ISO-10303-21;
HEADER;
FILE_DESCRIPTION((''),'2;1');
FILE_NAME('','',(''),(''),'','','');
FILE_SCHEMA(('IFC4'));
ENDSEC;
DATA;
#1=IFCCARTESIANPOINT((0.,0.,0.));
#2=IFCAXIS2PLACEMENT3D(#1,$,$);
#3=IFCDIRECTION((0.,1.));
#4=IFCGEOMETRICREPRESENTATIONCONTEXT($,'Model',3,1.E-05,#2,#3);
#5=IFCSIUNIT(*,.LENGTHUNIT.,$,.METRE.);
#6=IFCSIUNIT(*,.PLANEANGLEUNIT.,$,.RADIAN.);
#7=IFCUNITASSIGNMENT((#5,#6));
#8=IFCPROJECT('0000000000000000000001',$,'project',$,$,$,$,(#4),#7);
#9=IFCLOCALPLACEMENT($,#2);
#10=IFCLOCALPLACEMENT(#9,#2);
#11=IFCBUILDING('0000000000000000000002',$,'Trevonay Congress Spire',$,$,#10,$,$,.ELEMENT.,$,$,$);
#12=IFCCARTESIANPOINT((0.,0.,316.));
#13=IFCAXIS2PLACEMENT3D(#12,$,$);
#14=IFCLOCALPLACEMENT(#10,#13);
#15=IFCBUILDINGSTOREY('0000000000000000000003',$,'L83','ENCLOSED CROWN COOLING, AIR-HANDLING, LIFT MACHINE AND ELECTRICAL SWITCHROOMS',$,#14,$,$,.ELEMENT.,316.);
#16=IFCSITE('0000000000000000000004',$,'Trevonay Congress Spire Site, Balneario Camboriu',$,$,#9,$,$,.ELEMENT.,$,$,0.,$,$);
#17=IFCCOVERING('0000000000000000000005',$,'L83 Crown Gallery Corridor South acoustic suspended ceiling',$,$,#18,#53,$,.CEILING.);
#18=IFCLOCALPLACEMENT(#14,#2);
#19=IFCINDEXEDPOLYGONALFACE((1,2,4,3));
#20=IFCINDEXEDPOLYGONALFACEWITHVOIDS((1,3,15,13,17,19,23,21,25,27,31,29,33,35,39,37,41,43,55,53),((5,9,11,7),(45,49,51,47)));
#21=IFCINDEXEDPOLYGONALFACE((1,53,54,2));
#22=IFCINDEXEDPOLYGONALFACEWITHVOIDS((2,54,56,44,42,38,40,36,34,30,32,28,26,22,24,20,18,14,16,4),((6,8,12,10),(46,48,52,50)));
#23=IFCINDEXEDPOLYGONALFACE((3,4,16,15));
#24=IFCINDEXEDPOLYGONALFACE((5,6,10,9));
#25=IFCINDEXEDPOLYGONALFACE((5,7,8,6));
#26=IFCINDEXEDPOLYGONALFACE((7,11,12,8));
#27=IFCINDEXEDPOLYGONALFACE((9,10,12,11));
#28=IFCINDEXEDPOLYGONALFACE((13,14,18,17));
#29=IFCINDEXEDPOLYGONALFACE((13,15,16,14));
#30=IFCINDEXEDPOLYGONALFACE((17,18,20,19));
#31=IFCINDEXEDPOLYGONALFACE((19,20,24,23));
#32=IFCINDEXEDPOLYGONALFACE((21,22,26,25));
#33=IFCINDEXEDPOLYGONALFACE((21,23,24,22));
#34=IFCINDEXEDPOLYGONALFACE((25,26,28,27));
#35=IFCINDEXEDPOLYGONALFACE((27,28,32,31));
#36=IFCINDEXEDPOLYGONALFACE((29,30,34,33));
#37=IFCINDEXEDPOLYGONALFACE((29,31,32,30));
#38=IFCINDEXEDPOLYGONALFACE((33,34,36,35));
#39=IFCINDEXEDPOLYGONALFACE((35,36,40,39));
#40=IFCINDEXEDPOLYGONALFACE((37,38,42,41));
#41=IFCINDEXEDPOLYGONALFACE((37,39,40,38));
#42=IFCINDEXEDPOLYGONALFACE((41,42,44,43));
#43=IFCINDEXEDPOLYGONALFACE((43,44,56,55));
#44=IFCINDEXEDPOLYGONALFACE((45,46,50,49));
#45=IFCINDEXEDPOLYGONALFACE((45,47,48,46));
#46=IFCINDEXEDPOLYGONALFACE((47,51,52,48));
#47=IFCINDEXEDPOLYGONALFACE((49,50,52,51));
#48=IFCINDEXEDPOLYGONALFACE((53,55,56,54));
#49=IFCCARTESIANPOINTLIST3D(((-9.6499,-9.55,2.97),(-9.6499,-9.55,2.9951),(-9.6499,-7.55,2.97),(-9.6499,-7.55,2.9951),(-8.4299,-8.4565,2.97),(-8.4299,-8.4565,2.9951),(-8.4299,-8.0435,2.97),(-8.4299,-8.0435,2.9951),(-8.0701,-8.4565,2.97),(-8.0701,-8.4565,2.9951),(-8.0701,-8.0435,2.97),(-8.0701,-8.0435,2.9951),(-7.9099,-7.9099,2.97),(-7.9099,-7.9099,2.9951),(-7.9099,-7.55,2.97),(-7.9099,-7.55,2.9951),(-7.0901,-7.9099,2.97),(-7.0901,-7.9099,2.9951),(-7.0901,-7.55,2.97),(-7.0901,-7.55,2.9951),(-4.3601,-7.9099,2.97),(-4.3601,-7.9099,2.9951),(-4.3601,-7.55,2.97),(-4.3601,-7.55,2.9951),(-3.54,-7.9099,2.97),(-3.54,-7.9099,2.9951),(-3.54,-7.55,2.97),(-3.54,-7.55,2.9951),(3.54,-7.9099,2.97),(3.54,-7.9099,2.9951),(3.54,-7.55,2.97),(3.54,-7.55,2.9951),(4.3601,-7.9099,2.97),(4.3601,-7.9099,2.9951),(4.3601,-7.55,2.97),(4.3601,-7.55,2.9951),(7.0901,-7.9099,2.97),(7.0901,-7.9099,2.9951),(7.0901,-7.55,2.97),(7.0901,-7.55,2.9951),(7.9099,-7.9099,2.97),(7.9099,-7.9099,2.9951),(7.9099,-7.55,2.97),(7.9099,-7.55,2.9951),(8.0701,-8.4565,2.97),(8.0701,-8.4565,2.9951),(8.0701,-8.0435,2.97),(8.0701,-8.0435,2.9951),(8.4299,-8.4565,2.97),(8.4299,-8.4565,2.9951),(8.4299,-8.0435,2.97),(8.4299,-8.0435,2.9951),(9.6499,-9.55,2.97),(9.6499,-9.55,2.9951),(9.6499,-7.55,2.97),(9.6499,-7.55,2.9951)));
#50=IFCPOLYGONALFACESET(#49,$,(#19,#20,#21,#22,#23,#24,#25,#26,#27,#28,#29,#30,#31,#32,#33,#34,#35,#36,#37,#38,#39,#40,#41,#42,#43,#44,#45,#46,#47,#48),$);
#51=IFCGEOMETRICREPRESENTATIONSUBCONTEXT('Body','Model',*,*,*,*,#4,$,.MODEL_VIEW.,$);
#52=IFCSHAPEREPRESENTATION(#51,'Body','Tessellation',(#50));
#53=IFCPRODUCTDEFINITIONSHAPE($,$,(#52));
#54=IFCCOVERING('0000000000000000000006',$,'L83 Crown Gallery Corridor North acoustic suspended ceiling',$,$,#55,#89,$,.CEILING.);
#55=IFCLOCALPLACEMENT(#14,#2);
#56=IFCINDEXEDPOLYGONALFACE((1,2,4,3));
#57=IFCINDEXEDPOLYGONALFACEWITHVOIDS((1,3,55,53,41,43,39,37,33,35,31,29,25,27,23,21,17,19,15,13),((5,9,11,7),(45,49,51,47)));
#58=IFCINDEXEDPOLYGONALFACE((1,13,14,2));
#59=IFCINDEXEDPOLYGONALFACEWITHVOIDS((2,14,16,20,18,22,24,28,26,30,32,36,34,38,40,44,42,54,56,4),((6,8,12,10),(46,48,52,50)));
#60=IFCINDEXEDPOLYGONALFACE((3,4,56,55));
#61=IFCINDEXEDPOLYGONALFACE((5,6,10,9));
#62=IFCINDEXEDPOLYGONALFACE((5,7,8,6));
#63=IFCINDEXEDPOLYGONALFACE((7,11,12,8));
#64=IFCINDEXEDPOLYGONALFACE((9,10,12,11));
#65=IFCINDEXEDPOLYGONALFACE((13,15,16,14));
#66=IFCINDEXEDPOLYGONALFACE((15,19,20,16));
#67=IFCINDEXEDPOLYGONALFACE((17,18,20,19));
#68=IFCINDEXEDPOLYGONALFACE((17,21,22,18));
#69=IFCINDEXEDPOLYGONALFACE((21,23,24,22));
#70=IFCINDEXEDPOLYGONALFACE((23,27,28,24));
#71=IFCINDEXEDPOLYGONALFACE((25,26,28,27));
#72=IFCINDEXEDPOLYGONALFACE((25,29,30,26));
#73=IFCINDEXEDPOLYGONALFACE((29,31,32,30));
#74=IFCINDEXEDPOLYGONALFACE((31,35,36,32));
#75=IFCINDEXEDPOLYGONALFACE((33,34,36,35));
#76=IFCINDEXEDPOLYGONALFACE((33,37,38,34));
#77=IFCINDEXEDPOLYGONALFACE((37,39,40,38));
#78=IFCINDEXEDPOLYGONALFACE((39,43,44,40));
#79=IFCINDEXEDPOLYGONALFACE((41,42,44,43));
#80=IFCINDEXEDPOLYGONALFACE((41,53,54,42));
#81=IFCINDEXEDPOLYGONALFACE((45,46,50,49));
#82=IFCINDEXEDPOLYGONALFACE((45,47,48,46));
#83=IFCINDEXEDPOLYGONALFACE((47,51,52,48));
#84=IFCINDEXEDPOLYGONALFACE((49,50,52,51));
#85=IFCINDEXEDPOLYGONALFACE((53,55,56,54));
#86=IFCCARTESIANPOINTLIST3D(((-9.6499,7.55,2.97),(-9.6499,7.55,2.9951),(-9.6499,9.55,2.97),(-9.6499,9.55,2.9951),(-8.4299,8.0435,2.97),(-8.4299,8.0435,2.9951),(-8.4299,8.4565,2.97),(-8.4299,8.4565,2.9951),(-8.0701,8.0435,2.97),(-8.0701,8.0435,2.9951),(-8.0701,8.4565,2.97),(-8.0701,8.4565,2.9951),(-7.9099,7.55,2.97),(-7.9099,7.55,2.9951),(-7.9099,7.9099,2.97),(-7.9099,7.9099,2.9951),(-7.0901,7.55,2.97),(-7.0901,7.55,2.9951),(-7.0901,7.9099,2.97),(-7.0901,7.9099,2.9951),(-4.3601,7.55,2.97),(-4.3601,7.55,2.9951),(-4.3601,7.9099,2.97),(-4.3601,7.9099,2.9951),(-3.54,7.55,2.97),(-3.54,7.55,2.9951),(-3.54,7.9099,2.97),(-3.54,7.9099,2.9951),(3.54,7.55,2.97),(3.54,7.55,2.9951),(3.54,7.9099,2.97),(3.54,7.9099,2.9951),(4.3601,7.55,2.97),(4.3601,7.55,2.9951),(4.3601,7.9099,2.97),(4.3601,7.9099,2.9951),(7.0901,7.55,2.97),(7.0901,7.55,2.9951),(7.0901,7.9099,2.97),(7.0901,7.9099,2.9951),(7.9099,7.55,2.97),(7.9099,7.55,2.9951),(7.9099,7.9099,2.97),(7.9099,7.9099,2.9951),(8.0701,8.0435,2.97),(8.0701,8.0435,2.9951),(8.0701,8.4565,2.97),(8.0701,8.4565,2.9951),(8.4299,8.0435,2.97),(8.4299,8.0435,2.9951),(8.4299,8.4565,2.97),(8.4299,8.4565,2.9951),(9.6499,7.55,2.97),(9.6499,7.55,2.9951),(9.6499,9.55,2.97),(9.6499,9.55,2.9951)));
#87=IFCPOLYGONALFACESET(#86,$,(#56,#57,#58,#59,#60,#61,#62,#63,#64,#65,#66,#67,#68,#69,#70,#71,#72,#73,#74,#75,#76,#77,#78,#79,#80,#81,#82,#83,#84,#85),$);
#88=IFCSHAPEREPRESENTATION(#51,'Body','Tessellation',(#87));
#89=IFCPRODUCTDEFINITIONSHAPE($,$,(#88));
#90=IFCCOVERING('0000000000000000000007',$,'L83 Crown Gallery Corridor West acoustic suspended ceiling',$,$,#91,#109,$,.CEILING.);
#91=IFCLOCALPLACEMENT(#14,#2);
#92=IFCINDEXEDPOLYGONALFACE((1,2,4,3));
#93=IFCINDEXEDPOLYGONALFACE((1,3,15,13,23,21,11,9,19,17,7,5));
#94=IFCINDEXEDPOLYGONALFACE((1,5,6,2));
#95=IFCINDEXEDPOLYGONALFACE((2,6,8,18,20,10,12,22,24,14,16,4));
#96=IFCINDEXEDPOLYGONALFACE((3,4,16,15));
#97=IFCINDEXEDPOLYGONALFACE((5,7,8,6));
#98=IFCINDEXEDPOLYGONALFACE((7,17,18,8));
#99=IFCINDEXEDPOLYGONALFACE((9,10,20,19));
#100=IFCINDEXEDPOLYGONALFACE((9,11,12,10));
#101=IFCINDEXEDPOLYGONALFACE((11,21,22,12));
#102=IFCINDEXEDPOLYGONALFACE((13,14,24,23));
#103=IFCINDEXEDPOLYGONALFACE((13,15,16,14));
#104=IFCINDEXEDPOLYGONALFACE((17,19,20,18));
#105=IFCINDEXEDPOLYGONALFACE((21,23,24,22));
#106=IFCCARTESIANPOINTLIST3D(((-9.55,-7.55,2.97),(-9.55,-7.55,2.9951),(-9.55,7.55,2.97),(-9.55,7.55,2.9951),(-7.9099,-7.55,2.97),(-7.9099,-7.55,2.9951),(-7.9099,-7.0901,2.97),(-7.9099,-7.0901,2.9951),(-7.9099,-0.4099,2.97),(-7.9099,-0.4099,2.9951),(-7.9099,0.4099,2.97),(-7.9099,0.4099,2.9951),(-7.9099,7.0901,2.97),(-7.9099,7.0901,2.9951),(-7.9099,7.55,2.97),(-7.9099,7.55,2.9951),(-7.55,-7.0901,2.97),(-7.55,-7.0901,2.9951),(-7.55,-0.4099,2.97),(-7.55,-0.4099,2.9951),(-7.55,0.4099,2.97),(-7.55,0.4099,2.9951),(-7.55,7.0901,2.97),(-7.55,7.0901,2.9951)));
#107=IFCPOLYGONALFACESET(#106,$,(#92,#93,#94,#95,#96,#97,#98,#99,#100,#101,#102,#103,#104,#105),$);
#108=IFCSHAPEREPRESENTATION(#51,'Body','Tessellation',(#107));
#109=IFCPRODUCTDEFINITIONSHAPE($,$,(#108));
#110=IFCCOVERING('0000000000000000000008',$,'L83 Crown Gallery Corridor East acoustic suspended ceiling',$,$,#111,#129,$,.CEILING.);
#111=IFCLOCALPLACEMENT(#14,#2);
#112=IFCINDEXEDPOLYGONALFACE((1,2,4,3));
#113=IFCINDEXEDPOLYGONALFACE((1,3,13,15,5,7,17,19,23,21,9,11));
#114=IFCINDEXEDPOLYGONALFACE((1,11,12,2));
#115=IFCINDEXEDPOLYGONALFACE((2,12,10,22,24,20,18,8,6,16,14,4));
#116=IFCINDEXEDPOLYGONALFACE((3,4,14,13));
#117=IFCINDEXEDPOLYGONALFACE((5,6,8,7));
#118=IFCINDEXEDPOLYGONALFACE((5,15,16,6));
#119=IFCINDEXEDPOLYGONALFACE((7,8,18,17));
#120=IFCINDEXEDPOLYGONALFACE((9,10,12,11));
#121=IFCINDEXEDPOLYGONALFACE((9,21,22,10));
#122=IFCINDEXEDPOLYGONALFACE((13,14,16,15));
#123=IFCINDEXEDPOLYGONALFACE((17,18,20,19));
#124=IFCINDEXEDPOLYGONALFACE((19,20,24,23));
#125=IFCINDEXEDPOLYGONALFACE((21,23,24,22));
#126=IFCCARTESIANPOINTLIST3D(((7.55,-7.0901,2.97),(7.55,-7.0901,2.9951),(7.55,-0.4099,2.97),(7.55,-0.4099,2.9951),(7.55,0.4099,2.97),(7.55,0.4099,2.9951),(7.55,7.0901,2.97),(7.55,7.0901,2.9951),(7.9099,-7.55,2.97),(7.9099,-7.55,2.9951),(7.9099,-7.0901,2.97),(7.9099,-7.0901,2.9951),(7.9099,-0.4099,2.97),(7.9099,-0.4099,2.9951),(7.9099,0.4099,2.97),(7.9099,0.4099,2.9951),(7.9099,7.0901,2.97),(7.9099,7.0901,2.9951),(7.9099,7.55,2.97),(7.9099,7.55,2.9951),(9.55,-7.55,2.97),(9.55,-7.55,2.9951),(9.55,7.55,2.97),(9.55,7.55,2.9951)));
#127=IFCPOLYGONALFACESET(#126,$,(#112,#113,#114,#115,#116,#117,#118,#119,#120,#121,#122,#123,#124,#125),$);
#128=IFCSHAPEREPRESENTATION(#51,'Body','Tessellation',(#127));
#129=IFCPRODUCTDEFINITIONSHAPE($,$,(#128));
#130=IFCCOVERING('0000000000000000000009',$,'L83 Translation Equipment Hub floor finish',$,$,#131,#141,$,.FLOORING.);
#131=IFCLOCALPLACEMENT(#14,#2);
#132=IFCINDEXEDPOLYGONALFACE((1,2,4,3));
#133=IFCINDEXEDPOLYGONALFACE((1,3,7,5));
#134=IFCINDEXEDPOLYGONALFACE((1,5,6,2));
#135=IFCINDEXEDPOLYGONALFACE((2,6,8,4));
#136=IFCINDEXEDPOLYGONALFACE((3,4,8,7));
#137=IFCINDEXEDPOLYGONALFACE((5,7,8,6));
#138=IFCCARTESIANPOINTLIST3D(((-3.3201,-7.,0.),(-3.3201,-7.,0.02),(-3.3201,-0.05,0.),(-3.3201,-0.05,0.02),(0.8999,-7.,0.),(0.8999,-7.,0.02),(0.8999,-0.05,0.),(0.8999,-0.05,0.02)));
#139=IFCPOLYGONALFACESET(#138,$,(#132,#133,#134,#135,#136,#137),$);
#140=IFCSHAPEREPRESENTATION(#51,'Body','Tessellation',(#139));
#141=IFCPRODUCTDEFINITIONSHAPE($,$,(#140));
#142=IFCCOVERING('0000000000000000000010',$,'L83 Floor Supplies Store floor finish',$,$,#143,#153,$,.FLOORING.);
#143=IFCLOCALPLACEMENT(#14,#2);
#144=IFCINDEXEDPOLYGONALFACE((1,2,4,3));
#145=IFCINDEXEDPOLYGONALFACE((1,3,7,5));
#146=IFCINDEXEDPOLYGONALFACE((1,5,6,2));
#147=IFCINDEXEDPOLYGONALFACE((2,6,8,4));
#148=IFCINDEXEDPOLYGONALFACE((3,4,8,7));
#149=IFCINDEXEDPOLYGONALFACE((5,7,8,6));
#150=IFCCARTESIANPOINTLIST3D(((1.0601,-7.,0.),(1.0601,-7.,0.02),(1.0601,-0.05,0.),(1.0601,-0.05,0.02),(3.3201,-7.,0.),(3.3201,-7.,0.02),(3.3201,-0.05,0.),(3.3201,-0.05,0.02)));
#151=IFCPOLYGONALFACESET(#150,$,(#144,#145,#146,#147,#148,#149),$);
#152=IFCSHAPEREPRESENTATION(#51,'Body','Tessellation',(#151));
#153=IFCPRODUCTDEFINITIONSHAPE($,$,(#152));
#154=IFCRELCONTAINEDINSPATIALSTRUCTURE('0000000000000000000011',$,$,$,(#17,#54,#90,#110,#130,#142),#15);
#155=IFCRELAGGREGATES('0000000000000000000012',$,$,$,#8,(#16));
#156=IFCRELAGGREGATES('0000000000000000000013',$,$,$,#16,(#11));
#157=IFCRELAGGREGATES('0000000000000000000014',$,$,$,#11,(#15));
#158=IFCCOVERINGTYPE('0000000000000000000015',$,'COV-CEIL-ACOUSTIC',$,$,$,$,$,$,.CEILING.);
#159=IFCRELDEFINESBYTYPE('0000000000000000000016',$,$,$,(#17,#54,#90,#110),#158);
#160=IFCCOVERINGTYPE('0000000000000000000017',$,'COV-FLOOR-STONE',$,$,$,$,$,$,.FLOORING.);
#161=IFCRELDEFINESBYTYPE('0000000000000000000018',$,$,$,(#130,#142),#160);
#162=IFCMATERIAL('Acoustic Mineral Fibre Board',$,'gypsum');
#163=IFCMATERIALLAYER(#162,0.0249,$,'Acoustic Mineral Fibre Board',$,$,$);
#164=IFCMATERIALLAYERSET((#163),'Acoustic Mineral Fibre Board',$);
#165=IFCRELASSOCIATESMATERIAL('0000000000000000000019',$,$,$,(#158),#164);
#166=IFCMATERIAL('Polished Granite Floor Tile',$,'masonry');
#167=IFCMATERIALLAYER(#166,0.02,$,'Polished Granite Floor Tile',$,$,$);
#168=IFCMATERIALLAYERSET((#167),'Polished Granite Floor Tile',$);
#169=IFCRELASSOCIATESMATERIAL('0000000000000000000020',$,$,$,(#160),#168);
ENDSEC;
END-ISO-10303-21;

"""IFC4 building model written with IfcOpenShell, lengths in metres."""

from ifc_helpers import new_model, si_unit, direction, frame, origin, place, context, subcontext, project, spatial, polyline, outline, extrude, material, layer, layer_set, type_object, element, save


model = new_model("IFC4")

# Units and contexts
model_context = context("Model", 3, precision=1e-05, world=origin(), true_north=direction((0.0, 1.0)))
body_context = subcontext(model_context, "Body", "Model", "MODEL_VIEW")
ifc_project = project(units=[si_unit("LENGTHUNIT", "METRE"), si_unit("PLANEANGLEUNIT", "RADIAN")], contexts=[model_context])

# Site, building, storey
site_placement = place(None, origin())
site = spatial("IfcSite", under=ifc_project, at=site_placement, Name="Trevonay Congress Spire Site, Balneario Camboriu", CompositionType="ELEMENT", RefElevation=0.0)
building_placement = place(site_placement, origin())
building = spatial("IfcBuilding", under=site, at=building_placement, Name="Trevonay Congress Spire", CompositionType="ELEMENT")
storey_placement = place(building_placement, frame((0.0, 0.0, 316.0)))
storey = spatial("IfcBuildingStorey", under=building, at=storey_placement, Name="L83", Description="ENCLOSED CROWN COOLING, AIR-HANDLING, LIFT MACHINE AND ELECTRICAL SWITCHROOMS", CompositionType="ELEMENT", Elevation=316.0)

# Coverings
ifc_material_1 = material(Name="Acoustic Mineral Fibre Board", Category="gypsum")
ifc_layer_1 = layer(ifc_material_1, 0.0249, Name="Acoustic Mineral Fibre Board")
ifc_layer_set_1 = layer_set([ifc_layer_1], Name="Acoustic Mineral Fibre Board")
covering_type_1 = type_object("IfcCoveringType", Name="COV-CEIL-ACOUSTIC", PredefinedType="CEILING", material=ifc_layer_set_1)
covering_1_placement = place(storey_placement, frame((0.0, 0.0, 2.97)))
element("IfcCovering", 1, at=covering_1_placement, inside=storey, type_object=covering_type_1, Name="L83 Crown Gallery Corridor South acoustic suspended ceiling", PredefinedType="CEILING", context=body_context, shape_type="SweptSolid", body=[
    extrude(outline(polyline([(9.6499, -7.55), (9.6499, -9.55), (-9.6499, -9.55), (-9.6499, -7.55), (-7.9099, -7.55), (-7.9099, -7.9099), (-7.0901, -7.9099), (-7.0901, -7.55), (-4.3601, -7.55), (-4.3601, -7.9099), (-3.54, -7.9099), (-3.54, -7.55), (3.54, -7.55), (3.54, -7.9099), (4.3601, -7.9099), (4.3601, -7.55), (7.0901, -7.55), (7.0901, -7.9099), (7.9099, -7.9099), (7.9099, -7.55), (9.6499, -7.55)]), holes=[polyline([(-8.4299, -8.0435), (-8.4299, -8.4565), (-8.0701, -8.4565), (-8.0701, -8.0435), (-8.4299, -8.0435)]), polyline([(8.4299, -8.0435), (8.0701, -8.0435), (8.0701, -8.4565), (8.4299, -8.4565), (8.4299, -8.0435)])]), origin(), (0.0, 0.0, 1.0), 0.0251),
])
covering_2_placement = place(storey_placement, frame((0.0, 0.0, 2.97)))
element("IfcCovering", 2, at=covering_2_placement, inside=storey, type_object=covering_type_1, Name="L83 Crown Gallery Corridor North acoustic suspended ceiling", PredefinedType="CEILING", context=body_context, shape_type="SweptSolid", body=[
    extrude(outline(polyline([(-9.6499, 7.55), (-9.6499, 9.55), (9.6499, 9.55), (9.6499, 7.55), (7.9099, 7.55), (7.9099, 7.9099), (7.0901, 7.9099), (7.0901, 7.55), (4.3601, 7.55), (4.3601, 7.9099), (3.54, 7.9099), (3.54, 7.55), (-3.54, 7.55), (-3.54, 7.9099), (-4.3601, 7.9099), (-4.3601, 7.55), (-7.0901, 7.55), (-7.0901, 7.9099), (-7.9099, 7.9099), (-7.9099, 7.55), (-9.6499, 7.55)]), holes=[polyline([(-8.0701, 8.4565), (-8.4299, 8.4565), (-8.4299, 8.0435), (-8.0701, 8.0435), (-8.0701, 8.4565)]), polyline([(8.4299, 8.4565), (8.0701, 8.4565), (8.0701, 8.0435), (8.4299, 8.0435), (8.4299, 8.4565)])]), origin(), (0.0, 0.0, 1.0), 0.0251),
])
covering_3_placement = place(storey_placement, frame((0.0, 0.0, 2.97)))
element("IfcCovering", 3, at=covering_3_placement, inside=storey, type_object=covering_type_1, Name="L83 Crown Gallery Corridor West acoustic suspended ceiling", PredefinedType="CEILING", context=body_context, shape_type="SweptSolid", body=[
    extrude(outline(polyline([(-9.55, 7.55), (-7.9099, 7.55), (-7.9099, 7.0901), (-7.55, 7.0901), (-7.55, 0.4099), (-7.9099, 0.4099), (-7.9099, -0.4099), (-7.55, -0.4099), (-7.55, -7.0901), (-7.9099, -7.0901), (-7.9099, -7.55), (-9.55, -7.55), (-9.55, 7.55)])), origin(), (0.0, 0.0, 1.0), 0.0251),
])
covering_4_placement = place(storey_placement, frame((0.0, 0.0, 2.97)))
element("IfcCovering", 4, at=covering_4_placement, inside=storey, type_object=covering_type_1, Name="L83 Crown Gallery Corridor East acoustic suspended ceiling", PredefinedType="CEILING", context=body_context, shape_type="SweptSolid", body=[
    extrude(outline(polyline([(9.55, -7.55), (7.9099, -7.55), (7.9099, -7.0901), (7.55, -7.0901), (7.55, -0.4099), (7.9099, -0.4099), (7.9099, 0.4099), (7.55, 0.4099), (7.55, 7.0901), (7.9099, 7.0901), (7.9099, 7.55), (9.55, 7.55), (9.55, -7.55)])), origin(), (0.0, 0.0, 1.0), 0.0251),
])
ifc_material_2 = material(Name="Polished Granite Floor Tile", Category="masonry")
ifc_layer_2 = layer(ifc_material_2, 0.02, Name="Polished Granite Floor Tile")
ifc_layer_set_2 = layer_set([ifc_layer_2], Name="Polished Granite Floor Tile")
covering_type_2 = type_object("IfcCoveringType", Name="COV-FLOOR-STONE", PredefinedType="FLOORING", material=ifc_layer_set_2)
covering_5_placement = place(storey_placement, origin())
element("IfcCovering", 5, at=covering_5_placement, inside=storey, type_object=covering_type_2, Name="L83 Translation Equipment Hub floor finish", PredefinedType="FLOORING", context=body_context, shape_type="SweptSolid", body=[
    extrude(outline(polyline([(-3.3201, -7.0), (0.8999, -7.0), (0.8999, -0.05), (-3.3201, -0.05), (-3.3201, -7.0)])), origin(), (0.0, 0.0, 1.0), 0.02),
])
covering_6_placement = place(storey_placement, origin())
element("IfcCovering", 6, at=covering_6_placement, inside=storey, type_object=covering_type_2, Name="L83 Floor Supplies Store floor finish", PredefinedType="FLOORING", context=body_context, shape_type="SweptSolid", body=[
    extrude(outline(polyline([(1.0601, -7.0), (3.3201, -7.0), (3.3201, -0.05), (1.0601, -0.05), (1.0601, -7.0)])), origin(), (0.0, 0.0, 1.0), 0.02),
])

save(model, "model.ifc")
